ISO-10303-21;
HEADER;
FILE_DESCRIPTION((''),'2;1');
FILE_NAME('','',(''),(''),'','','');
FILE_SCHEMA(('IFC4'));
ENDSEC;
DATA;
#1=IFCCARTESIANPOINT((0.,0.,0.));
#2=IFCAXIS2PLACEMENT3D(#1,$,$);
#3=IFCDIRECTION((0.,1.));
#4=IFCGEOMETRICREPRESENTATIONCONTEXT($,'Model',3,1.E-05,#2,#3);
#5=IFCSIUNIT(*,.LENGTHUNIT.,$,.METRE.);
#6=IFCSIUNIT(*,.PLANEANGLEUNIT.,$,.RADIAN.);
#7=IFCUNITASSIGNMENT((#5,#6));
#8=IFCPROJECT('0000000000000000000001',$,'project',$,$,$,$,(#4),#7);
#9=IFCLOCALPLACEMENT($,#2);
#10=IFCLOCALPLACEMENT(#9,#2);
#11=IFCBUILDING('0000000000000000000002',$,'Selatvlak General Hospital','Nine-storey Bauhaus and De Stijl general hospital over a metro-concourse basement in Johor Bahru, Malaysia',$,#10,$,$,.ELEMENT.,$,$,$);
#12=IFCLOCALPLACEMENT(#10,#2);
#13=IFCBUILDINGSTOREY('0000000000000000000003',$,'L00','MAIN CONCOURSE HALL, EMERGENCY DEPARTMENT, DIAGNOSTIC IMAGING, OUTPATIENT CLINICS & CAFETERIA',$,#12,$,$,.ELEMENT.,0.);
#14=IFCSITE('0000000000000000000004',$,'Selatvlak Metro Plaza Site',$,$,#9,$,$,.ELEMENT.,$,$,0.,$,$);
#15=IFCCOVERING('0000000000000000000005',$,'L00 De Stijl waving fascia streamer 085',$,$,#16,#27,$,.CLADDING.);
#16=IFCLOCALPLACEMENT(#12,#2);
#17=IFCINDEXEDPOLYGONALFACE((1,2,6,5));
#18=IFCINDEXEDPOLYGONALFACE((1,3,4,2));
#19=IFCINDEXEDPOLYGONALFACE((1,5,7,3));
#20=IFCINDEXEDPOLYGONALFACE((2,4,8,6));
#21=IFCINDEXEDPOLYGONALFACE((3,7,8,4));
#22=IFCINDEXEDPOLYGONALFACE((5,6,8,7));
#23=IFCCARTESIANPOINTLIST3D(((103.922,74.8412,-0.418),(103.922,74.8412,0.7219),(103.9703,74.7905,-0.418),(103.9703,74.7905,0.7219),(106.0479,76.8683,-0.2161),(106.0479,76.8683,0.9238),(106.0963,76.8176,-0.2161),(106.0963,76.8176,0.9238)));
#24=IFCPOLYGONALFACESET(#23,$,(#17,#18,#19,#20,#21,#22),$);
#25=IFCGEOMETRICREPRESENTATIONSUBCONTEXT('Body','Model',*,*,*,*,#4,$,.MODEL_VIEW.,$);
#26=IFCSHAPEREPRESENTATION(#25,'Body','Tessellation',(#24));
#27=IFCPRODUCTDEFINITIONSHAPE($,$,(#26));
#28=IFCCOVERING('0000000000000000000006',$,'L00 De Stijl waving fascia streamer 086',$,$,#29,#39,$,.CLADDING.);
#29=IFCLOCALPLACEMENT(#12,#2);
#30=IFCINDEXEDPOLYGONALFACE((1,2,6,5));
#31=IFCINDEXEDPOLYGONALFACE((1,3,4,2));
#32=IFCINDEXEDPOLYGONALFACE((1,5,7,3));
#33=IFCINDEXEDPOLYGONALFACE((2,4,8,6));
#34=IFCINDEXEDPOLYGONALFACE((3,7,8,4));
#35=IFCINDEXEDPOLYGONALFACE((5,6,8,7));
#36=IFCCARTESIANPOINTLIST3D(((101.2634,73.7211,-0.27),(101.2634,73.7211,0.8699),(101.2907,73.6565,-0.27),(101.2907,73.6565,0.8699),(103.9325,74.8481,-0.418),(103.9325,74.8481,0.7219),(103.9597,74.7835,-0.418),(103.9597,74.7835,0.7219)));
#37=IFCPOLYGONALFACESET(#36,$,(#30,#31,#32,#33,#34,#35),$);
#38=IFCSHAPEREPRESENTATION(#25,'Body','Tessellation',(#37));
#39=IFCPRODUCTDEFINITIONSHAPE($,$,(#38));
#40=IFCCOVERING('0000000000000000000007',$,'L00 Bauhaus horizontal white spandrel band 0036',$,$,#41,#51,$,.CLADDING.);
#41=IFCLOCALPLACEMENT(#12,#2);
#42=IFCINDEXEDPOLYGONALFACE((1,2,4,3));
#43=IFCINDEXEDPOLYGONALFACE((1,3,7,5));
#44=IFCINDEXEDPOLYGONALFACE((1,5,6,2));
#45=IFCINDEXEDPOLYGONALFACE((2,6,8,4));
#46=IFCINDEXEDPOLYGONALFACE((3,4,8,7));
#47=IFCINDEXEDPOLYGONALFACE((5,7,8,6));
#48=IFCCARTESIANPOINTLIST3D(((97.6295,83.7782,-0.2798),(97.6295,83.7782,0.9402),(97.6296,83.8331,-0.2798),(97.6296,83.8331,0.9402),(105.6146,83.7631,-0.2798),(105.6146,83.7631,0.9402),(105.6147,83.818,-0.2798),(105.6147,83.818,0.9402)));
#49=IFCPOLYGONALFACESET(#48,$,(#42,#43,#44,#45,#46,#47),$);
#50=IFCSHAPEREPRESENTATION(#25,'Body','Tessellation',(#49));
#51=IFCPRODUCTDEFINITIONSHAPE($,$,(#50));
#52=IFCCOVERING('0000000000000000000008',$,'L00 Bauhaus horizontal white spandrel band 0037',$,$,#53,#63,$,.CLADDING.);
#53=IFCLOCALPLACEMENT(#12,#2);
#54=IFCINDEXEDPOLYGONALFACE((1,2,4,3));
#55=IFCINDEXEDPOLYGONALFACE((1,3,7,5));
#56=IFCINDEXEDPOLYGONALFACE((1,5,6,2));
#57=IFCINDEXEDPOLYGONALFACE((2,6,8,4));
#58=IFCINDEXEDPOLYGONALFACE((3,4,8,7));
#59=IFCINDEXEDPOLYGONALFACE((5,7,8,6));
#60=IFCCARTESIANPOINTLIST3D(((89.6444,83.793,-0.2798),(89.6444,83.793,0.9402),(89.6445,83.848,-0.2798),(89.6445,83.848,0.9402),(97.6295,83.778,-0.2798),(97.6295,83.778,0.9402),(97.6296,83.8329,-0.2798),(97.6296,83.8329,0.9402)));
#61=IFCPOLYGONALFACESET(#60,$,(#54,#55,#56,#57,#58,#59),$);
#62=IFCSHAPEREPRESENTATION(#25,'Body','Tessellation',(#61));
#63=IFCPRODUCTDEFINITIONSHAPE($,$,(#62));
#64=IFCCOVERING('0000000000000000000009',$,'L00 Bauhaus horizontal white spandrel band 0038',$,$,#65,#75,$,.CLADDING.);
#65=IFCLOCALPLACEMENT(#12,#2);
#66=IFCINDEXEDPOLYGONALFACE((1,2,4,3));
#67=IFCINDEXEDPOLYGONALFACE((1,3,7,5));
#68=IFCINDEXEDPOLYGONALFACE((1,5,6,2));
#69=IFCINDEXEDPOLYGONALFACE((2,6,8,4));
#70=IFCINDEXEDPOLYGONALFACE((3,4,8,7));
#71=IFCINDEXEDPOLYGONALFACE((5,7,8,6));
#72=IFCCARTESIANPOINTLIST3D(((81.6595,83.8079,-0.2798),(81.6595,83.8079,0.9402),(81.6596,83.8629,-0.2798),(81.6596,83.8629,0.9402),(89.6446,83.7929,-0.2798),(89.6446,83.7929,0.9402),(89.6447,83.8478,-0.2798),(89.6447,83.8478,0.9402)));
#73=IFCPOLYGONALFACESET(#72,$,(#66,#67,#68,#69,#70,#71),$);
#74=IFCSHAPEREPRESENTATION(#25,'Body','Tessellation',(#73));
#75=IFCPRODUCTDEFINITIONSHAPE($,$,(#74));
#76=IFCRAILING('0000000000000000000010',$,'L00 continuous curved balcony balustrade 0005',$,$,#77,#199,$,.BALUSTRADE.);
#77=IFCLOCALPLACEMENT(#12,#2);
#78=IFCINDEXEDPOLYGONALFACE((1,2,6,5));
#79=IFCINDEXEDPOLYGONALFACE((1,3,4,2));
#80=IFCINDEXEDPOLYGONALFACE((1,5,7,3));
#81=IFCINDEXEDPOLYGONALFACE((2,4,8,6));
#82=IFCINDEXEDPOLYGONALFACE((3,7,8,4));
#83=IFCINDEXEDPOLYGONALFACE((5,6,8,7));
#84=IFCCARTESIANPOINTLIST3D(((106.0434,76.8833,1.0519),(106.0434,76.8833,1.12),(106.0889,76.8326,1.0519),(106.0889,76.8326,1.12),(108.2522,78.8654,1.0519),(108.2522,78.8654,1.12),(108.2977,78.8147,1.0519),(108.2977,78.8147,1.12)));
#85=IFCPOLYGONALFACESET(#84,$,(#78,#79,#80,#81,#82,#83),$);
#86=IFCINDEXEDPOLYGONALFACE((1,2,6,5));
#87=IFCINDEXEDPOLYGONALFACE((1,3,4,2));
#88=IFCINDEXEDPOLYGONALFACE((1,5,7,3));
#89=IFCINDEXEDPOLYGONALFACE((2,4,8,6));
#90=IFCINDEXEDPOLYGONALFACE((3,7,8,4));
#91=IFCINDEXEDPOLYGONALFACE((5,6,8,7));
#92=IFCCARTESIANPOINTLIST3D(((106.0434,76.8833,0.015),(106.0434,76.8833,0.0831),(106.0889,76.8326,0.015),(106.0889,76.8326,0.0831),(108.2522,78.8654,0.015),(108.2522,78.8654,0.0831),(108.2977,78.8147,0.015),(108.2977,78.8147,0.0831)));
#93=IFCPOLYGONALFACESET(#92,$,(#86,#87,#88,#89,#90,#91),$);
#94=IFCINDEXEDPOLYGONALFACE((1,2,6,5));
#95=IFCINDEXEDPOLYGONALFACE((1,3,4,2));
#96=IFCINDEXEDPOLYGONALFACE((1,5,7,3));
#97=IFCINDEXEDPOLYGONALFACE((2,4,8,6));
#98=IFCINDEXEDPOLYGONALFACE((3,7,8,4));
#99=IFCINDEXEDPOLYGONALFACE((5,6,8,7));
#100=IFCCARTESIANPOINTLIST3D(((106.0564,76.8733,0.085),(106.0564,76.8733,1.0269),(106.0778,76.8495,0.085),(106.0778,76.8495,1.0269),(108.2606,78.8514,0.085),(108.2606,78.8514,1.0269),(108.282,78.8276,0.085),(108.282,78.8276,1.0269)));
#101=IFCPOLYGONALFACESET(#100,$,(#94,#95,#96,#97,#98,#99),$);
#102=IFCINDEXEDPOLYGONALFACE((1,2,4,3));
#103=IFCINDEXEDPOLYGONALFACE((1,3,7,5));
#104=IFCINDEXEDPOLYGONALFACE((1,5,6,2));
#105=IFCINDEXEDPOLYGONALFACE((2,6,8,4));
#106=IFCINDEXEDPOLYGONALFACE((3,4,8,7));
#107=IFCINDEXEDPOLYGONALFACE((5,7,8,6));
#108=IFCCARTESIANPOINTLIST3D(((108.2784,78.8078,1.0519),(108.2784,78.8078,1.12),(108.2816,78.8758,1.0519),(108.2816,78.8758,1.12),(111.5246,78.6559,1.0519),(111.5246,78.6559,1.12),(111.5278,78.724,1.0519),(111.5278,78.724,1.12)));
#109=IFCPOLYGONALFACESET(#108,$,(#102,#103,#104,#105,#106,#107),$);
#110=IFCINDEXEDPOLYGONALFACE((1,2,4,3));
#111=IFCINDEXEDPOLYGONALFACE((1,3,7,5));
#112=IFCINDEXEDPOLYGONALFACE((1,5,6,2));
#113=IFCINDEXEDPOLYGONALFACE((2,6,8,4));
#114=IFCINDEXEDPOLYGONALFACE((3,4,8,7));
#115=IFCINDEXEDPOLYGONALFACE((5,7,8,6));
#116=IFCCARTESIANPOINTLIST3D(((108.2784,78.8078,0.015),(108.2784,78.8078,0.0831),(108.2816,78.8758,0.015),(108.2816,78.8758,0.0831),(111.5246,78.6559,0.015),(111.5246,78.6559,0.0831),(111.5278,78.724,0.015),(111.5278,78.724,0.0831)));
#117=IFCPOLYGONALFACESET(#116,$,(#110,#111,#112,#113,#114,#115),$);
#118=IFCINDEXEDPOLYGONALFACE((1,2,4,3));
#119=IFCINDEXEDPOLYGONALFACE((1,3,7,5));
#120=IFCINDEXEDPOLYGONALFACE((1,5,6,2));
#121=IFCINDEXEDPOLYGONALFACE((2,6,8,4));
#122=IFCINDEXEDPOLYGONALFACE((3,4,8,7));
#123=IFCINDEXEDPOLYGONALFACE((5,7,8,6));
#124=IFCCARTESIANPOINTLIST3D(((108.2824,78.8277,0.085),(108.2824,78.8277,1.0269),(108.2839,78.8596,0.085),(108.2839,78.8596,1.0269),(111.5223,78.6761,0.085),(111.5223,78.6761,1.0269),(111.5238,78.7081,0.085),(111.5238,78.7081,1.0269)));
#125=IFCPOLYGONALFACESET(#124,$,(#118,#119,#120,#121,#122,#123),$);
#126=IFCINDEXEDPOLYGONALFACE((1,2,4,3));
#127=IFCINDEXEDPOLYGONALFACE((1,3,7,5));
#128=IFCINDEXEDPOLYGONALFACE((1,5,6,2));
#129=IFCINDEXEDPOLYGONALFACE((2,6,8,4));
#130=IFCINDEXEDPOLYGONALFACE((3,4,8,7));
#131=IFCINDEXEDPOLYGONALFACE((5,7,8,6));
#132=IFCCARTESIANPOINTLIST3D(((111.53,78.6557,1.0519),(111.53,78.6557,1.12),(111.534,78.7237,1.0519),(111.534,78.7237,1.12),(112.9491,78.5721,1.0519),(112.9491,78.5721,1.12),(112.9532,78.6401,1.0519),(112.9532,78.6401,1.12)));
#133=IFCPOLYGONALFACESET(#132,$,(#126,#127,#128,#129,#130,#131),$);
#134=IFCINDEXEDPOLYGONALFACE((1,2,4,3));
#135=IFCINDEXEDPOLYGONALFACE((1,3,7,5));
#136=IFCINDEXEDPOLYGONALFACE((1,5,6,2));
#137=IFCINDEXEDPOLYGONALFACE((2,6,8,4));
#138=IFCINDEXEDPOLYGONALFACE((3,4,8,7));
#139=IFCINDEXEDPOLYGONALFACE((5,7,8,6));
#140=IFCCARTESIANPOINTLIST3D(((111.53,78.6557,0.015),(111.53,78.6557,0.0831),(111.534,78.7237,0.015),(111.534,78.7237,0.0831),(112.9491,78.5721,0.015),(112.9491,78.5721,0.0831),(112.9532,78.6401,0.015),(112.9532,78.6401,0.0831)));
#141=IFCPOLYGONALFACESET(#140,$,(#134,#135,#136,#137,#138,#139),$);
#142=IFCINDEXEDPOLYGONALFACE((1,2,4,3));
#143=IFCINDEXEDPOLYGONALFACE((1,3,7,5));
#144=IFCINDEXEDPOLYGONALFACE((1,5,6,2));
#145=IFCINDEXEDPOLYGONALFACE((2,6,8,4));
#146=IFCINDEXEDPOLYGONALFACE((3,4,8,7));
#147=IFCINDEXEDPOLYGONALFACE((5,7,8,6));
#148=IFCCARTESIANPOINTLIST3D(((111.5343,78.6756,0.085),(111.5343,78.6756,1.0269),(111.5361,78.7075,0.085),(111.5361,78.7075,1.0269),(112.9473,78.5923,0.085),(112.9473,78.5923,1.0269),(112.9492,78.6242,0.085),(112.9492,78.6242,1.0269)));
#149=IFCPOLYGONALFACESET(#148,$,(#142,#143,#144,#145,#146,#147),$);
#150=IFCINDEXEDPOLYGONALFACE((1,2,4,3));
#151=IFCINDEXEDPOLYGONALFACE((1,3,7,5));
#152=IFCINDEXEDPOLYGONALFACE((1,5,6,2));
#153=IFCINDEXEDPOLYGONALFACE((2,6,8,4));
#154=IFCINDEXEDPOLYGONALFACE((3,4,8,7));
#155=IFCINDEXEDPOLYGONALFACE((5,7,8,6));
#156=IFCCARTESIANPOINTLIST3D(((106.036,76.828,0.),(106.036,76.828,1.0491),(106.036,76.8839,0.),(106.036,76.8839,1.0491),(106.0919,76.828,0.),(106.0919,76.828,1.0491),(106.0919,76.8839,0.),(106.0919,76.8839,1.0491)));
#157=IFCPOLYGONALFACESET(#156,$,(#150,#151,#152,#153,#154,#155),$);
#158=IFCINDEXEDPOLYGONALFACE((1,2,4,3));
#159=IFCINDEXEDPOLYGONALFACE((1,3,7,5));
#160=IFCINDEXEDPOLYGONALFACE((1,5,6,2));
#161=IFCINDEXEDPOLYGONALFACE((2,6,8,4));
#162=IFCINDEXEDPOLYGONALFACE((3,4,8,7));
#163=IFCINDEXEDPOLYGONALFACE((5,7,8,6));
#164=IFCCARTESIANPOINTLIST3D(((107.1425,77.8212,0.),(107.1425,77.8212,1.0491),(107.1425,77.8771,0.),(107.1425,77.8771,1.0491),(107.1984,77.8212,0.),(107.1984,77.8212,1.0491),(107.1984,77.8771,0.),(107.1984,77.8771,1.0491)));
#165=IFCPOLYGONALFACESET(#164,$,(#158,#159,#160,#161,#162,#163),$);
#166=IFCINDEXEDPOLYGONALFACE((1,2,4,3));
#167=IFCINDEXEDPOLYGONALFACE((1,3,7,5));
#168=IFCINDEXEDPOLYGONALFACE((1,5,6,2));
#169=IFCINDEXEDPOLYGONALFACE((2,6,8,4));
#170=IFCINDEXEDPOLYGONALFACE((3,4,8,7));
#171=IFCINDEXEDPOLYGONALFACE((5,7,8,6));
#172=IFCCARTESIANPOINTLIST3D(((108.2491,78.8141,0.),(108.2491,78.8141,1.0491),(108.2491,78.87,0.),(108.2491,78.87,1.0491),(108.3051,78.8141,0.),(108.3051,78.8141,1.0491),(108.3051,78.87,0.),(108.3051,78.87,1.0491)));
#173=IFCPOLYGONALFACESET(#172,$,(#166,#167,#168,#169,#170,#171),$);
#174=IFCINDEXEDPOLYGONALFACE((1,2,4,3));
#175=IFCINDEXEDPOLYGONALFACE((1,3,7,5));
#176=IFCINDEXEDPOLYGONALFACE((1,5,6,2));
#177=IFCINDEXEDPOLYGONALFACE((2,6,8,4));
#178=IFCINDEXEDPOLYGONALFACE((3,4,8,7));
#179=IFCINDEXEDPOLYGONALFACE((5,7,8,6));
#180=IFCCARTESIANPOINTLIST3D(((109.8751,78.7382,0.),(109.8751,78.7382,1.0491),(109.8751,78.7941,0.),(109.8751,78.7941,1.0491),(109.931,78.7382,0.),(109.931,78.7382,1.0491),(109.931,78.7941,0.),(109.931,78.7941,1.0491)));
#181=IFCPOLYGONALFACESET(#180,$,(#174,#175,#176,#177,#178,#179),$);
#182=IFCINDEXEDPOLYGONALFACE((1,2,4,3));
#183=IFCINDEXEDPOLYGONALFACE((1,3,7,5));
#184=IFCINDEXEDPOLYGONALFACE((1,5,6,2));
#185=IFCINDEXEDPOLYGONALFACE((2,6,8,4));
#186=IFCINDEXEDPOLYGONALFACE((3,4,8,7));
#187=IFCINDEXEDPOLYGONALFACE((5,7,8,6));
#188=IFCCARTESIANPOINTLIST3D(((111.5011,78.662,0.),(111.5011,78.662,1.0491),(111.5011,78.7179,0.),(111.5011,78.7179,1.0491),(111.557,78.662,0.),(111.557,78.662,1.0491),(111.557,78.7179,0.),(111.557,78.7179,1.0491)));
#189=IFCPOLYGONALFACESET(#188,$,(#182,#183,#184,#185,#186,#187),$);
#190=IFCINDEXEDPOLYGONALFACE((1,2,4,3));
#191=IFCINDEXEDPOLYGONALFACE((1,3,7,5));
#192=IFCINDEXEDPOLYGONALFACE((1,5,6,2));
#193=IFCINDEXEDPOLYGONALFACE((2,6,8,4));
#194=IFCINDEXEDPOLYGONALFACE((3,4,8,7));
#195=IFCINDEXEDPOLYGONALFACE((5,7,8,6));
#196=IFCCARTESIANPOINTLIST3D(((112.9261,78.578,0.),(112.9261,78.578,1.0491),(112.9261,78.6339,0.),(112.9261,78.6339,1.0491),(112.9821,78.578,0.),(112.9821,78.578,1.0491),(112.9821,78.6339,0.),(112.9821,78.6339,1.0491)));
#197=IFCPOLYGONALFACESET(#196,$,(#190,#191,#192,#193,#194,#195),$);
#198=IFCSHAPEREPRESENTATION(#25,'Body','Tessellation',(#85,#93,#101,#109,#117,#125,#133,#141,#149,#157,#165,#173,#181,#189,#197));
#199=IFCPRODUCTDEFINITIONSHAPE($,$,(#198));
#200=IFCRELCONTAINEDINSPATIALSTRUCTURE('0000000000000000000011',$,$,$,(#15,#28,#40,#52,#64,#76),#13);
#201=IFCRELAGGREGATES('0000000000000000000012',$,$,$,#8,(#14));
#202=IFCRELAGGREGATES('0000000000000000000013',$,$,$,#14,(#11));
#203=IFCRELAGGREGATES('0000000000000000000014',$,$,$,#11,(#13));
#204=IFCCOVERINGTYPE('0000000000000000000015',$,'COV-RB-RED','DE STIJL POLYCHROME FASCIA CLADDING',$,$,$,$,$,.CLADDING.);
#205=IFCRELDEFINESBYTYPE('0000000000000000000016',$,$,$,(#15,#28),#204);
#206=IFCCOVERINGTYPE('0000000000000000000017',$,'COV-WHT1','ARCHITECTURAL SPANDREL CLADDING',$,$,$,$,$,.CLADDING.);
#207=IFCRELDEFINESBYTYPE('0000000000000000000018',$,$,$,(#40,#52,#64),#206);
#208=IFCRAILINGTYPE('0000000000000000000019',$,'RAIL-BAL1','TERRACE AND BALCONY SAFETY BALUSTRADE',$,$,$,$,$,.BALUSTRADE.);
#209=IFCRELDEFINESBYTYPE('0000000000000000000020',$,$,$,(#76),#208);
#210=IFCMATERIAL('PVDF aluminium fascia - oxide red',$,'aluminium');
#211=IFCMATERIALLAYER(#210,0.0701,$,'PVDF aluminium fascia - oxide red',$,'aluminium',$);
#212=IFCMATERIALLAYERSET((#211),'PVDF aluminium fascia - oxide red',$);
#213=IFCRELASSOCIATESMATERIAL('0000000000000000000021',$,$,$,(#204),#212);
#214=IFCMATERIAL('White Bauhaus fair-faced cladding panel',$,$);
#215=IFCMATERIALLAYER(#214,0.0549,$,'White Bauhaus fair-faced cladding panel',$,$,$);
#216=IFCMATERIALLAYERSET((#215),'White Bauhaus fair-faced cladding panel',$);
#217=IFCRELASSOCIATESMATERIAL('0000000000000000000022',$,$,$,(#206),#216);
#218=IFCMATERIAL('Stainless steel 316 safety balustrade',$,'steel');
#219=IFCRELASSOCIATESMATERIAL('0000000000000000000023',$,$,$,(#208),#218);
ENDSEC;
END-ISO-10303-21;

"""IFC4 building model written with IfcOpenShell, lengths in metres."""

from ifc_helpers import new_model, si_unit, direction, frame, origin, origin_2d, place, context, subcontext, project, spatial, polyline, rectangle, outline, extrude, material, layer, layer_set, type_object, element, save


model = new_model("IFC4")

# Units and contexts
model_context = context("Model", 3, precision=1e-05, world=origin(), true_north=direction((0.0, 1.0)))
body_context = subcontext(model_context, "Body", "Model", "MODEL_VIEW")
ifc_project = project(units=[si_unit("LENGTHUNIT", "METRE"), si_unit("PLANEANGLEUNIT", "RADIAN")], contexts=[model_context])

# Site, building, storey
site_placement = place(None, origin())
site = spatial("IfcSite", under=ifc_project, at=site_placement, Name="Selatvlak Metro Plaza Site", CompositionType="ELEMENT", RefElevation=0.0)
building_placement = place(site_placement, origin())
building = spatial("IfcBuilding", under=site, at=building_placement, Name="Selatvlak General Hospital", Description="Nine-storey Bauhaus and De Stijl general hospital over a metro-concourse basement in Johor Bahru, Malaysia", CompositionType="ELEMENT")
storey_placement = place(building_placement, origin())
storey = spatial("IfcBuildingStorey", under=building, at=storey_placement, Name="L00", Description="MAIN CONCOURSE HALL, EMERGENCY DEPARTMENT, DIAGNOSTIC IMAGING, OUTPATIENT CLINICS & CAFETERIA", CompositionType="ELEMENT", Elevation=0.0)

# Coverings
ifc_material_1 = material(Name="PVDF aluminium fascia - oxide red", Category="aluminium")
ifc_layer_1 = layer(ifc_material_1, 0.0701, Name="PVDF aluminium fascia - oxide red", Category="aluminium")
ifc_layer_set_1 = layer_set([ifc_layer_1], Name="PVDF aluminium fascia - oxide red")
covering_type_1 = type_object("IfcCoveringType", Name="COV-RB-RED", Description="DE STIJL POLYCHROME FASCIA CLADDING", PredefinedType="CLADDING", material=ifc_layer_set_1)
covering_1_placement = place(storey_placement, frame((106.072, 76.843, -0.2161), z_axis=(0.0, 0.0, 1.0), x_axis=(-0.723737, -0.690076, 0.0)))
element("IfcCovering", 1, at=covering_1_placement, inside=storey, type_object=covering_type_1, Name="L00 De Stijl waving fascia streamer 085", PredefinedType="CLADDING", context=body_context, shape_type="SweptSolid", body=[
    extrude(outline(polyline([(0.0, 0.0), (2.9375, -0.2019), (2.9375, 0.938), (0.0, 1.1399), (0.0, 0.0)])), frame((0.0, 0.0352, 0.0), z_axis=(0.0, -1.0, 0.0), x_axis=(1.0, 0.0, 0.0)), (0.0, 0.0, 1.0), 0.0701),
])
covering_2_placement = place(storey_placement, frame((103.946, 74.8159, -0.418), z_axis=(0.0, 0.0, 1.0), x_axis=(-0.921242, -0.388991, 0.0)))
element("IfcCovering", 2, at=covering_2_placement, inside=storey, type_object=covering_type_1, Name="L00 De Stijl waving fascia streamer 086", PredefinedType="CLADDING", context=body_context, shape_type="SweptSolid", body=[
    extrude(outline(polyline([(0.0, 0.0), (2.8972, 0.1479), (2.8972, 1.2878), (0.0, 1.1399), (0.0, 0.0)])), frame((0.0, 0.0352, 0.0), z_axis=(0.0, -1.0, 0.0), x_axis=(1.0, 0.0, 0.0)), (0.0, 0.0, 1.0), 0.0701),
])
ifc_material_2 = material(Name="White Bauhaus fair-faced cladding panel")
ifc_layer_2 = layer(ifc_material_2, 0.0549, Name="White Bauhaus fair-faced cladding panel")
ifc_layer_set_2 = layer_set([ifc_layer_2], Name="White Bauhaus fair-faced cladding panel")
covering_type_2 = type_object("IfcCoveringType", Name="COV-WHT1", Description="ARCHITECTURAL SPANDREL CLADDING", PredefinedType="CLADDING", material=ifc_layer_set_2)
for number, where, z_axis, x_axis, name in (
    (3, (101.6221, 83.7981, -0.2798), (0.0, 0.0, 1.0), (-0.999998, 0.001885, 0.0), "L00 Bauhaus horizontal white spandrel band 0036"),
    (4, (93.637, 83.813, -0.2798), (0.0, 0.0, 1.0), (-0.999998, 0.001885, 0.0), "L00 Bauhaus horizontal white spandrel band 0037"),
    (5, (85.6521, 83.8279, -0.2798), (0.0, 0.0, 1.0), (-0.999998, 0.001885, 0.0), "L00 Bauhaus horizontal white spandrel band 0038"),
):
    element("IfcCovering", number, at=place(storey_placement, frame(where, z_axis=z_axis, x_axis=x_axis)), inside=storey, type_object=covering_type_2, Name=name, PredefinedType="CLADDING", context=body_context, shape_type="SweptSolid", body=[
        extrude(rectangle(XDim=7.9851, YDim=0.0549, at=origin_2d()), origin(), (0.0, 0.0, 1.0), 1.22),
    ])

# Railing
ifc_material_3 = material(Name="Stainless steel 316 safety balustrade", Category="steel")
railing_type = type_object("IfcRailingType", Name="RAIL-BAL1", Description="TERRACE AND BALCONY SAFETY BALUSTRADE", PredefinedType="BALUSTRADE", material=ifc_material_3)
railing_1_placement = place(storey_placement, frame((106.064, 76.856, 0.0)))
element("IfcRailing", 6, at=railing_1_placement, inside=storey, type_object=railing_type, Name="L00 continuous curved balcony balustrade 0005", PredefinedType="BALUSTRADE", context=body_context, shape_type="SweptSolid", body=[
    extrude(rectangle(XDim=0.0681, YDim=0.0681, at=origin_2d()), frame((0.0022, 0.002, 1.0859), z_axis=(0.744253, 0.667898, 0.0), x_axis=(-0.667898, 0.744253, 0.0)), (0.0, 0.0, 1.0), 2.9678),
    extrude(rectangle(XDim=0.0681, YDim=0.0681, at=origin_2d()), frame((0.0022, 0.002, 0.0491), z_axis=(0.744253, 0.667898, 0.0), x_axis=(-0.667898, 0.744253, 0.0)), (0.0, 0.0, 1.0), 2.9678),
    extrude(outline(polyline([(0.0, 0.0), (2.9617, 0.0), (2.9617, 0.9419), (0.0, 0.9419), (0.0, 0.0)])), frame((-0.0076, 0.0173, 0.085), z_axis=(0.667898, -0.744253, 0.0), x_axis=(0.744253, 0.667898, 0.0)), (0.0, 0.0, 1.0), 0.032),
    extrude(rectangle(XDim=0.0681, YDim=0.0681, at=origin_2d()), frame((2.2161, 1.9858, 1.0859), z_axis=(0.998908, -0.046721, 0.0), x_axis=(0.046721, 0.998908, 0.0)), (0.0, 0.0, 1.0), 3.2498),
    extrude(rectangle(XDim=0.0681, YDim=0.0681, at=origin_2d()), frame((2.2161, 1.9858, 0.0491), z_axis=(0.998908, -0.046721, 0.0), x_axis=(0.046721, 0.998908, 0.0)), (0.0, 0.0, 1.0), 3.2498),
    extrude(outline(polyline([(0.0, 0.0), (3.2434, 0.0), (3.2434, 0.9419), (0.0, 0.9419), (0.0, 0.0)])), frame((2.22, 2.0037, 0.085), z_axis=(-0.046721, -0.998908, 0.0), x_axis=(0.998908, -0.046721, 0.0)), (0.0, 0.0, 1.0), 0.032),
    extrude(rectangle(XDim=0.0681, YDim=0.0681, at=origin_2d()), frame((5.468, 1.8337, 1.0859), z_axis=(0.998268, -0.058832, 0.0), x_axis=(0.058832, 0.998268, 0.0)), (0.0, 0.0, 1.0), 1.4216),
    extrude(rectangle(XDim=0.0681, YDim=0.0681, at=origin_2d()), frame((5.468, 1.8337, 0.0491), z_axis=(0.998268, -0.058832, 0.0), x_axis=(0.058832, 0.998268, 0.0)), (0.0, 0.0, 1.0), 1.4216),
    extrude(outline(polyline([(0.0, 0.0), (1.4155, 0.0), (1.4155, 0.9419), (0.0, 0.9419), (0.0, 0.0)])), frame((5.4722, 1.8516, 0.085), z_axis=(-0.058832, -0.998268, 0.0), x_axis=(0.998268, -0.058832, 0.0)), (0.0, 0.0, 1.0), 0.032),
    extrude(rectangle(XDim=0.0559, YDim=0.0559, at=origin_2d()), origin(), (0.0, 0.0, 1.0), 1.0491),
    extrude(rectangle(XDim=0.0559, YDim=0.0559, at=origin_2d()), frame((1.1064, 0.9932, 0.0)), (0.0, 0.0, 1.0), 1.0491),
    extrude(rectangle(XDim=0.0559, YDim=0.0559, at=origin_2d()), frame((2.2131, 1.9861, 0.0)), (0.0, 0.0, 1.0), 1.0491),
    extrude(rectangle(XDim=0.0559, YDim=0.0559, at=origin_2d()), frame((3.8391, 1.9102, 0.0)), (0.0, 0.0, 1.0), 1.0491),
    extrude(rectangle(XDim=0.0559, YDim=0.0559, at=origin_2d()), frame((5.4651, 1.834, 0.0)), (0.0, 0.0, 1.0), 1.0491),
    extrude(rectangle(XDim=0.0559, YDim=0.0559, at=origin_2d()), frame((6.8901, 1.75, 0.0)), (0.0, 0.0, 1.0), 1.0491),
])

save(model, "model.ifc")
